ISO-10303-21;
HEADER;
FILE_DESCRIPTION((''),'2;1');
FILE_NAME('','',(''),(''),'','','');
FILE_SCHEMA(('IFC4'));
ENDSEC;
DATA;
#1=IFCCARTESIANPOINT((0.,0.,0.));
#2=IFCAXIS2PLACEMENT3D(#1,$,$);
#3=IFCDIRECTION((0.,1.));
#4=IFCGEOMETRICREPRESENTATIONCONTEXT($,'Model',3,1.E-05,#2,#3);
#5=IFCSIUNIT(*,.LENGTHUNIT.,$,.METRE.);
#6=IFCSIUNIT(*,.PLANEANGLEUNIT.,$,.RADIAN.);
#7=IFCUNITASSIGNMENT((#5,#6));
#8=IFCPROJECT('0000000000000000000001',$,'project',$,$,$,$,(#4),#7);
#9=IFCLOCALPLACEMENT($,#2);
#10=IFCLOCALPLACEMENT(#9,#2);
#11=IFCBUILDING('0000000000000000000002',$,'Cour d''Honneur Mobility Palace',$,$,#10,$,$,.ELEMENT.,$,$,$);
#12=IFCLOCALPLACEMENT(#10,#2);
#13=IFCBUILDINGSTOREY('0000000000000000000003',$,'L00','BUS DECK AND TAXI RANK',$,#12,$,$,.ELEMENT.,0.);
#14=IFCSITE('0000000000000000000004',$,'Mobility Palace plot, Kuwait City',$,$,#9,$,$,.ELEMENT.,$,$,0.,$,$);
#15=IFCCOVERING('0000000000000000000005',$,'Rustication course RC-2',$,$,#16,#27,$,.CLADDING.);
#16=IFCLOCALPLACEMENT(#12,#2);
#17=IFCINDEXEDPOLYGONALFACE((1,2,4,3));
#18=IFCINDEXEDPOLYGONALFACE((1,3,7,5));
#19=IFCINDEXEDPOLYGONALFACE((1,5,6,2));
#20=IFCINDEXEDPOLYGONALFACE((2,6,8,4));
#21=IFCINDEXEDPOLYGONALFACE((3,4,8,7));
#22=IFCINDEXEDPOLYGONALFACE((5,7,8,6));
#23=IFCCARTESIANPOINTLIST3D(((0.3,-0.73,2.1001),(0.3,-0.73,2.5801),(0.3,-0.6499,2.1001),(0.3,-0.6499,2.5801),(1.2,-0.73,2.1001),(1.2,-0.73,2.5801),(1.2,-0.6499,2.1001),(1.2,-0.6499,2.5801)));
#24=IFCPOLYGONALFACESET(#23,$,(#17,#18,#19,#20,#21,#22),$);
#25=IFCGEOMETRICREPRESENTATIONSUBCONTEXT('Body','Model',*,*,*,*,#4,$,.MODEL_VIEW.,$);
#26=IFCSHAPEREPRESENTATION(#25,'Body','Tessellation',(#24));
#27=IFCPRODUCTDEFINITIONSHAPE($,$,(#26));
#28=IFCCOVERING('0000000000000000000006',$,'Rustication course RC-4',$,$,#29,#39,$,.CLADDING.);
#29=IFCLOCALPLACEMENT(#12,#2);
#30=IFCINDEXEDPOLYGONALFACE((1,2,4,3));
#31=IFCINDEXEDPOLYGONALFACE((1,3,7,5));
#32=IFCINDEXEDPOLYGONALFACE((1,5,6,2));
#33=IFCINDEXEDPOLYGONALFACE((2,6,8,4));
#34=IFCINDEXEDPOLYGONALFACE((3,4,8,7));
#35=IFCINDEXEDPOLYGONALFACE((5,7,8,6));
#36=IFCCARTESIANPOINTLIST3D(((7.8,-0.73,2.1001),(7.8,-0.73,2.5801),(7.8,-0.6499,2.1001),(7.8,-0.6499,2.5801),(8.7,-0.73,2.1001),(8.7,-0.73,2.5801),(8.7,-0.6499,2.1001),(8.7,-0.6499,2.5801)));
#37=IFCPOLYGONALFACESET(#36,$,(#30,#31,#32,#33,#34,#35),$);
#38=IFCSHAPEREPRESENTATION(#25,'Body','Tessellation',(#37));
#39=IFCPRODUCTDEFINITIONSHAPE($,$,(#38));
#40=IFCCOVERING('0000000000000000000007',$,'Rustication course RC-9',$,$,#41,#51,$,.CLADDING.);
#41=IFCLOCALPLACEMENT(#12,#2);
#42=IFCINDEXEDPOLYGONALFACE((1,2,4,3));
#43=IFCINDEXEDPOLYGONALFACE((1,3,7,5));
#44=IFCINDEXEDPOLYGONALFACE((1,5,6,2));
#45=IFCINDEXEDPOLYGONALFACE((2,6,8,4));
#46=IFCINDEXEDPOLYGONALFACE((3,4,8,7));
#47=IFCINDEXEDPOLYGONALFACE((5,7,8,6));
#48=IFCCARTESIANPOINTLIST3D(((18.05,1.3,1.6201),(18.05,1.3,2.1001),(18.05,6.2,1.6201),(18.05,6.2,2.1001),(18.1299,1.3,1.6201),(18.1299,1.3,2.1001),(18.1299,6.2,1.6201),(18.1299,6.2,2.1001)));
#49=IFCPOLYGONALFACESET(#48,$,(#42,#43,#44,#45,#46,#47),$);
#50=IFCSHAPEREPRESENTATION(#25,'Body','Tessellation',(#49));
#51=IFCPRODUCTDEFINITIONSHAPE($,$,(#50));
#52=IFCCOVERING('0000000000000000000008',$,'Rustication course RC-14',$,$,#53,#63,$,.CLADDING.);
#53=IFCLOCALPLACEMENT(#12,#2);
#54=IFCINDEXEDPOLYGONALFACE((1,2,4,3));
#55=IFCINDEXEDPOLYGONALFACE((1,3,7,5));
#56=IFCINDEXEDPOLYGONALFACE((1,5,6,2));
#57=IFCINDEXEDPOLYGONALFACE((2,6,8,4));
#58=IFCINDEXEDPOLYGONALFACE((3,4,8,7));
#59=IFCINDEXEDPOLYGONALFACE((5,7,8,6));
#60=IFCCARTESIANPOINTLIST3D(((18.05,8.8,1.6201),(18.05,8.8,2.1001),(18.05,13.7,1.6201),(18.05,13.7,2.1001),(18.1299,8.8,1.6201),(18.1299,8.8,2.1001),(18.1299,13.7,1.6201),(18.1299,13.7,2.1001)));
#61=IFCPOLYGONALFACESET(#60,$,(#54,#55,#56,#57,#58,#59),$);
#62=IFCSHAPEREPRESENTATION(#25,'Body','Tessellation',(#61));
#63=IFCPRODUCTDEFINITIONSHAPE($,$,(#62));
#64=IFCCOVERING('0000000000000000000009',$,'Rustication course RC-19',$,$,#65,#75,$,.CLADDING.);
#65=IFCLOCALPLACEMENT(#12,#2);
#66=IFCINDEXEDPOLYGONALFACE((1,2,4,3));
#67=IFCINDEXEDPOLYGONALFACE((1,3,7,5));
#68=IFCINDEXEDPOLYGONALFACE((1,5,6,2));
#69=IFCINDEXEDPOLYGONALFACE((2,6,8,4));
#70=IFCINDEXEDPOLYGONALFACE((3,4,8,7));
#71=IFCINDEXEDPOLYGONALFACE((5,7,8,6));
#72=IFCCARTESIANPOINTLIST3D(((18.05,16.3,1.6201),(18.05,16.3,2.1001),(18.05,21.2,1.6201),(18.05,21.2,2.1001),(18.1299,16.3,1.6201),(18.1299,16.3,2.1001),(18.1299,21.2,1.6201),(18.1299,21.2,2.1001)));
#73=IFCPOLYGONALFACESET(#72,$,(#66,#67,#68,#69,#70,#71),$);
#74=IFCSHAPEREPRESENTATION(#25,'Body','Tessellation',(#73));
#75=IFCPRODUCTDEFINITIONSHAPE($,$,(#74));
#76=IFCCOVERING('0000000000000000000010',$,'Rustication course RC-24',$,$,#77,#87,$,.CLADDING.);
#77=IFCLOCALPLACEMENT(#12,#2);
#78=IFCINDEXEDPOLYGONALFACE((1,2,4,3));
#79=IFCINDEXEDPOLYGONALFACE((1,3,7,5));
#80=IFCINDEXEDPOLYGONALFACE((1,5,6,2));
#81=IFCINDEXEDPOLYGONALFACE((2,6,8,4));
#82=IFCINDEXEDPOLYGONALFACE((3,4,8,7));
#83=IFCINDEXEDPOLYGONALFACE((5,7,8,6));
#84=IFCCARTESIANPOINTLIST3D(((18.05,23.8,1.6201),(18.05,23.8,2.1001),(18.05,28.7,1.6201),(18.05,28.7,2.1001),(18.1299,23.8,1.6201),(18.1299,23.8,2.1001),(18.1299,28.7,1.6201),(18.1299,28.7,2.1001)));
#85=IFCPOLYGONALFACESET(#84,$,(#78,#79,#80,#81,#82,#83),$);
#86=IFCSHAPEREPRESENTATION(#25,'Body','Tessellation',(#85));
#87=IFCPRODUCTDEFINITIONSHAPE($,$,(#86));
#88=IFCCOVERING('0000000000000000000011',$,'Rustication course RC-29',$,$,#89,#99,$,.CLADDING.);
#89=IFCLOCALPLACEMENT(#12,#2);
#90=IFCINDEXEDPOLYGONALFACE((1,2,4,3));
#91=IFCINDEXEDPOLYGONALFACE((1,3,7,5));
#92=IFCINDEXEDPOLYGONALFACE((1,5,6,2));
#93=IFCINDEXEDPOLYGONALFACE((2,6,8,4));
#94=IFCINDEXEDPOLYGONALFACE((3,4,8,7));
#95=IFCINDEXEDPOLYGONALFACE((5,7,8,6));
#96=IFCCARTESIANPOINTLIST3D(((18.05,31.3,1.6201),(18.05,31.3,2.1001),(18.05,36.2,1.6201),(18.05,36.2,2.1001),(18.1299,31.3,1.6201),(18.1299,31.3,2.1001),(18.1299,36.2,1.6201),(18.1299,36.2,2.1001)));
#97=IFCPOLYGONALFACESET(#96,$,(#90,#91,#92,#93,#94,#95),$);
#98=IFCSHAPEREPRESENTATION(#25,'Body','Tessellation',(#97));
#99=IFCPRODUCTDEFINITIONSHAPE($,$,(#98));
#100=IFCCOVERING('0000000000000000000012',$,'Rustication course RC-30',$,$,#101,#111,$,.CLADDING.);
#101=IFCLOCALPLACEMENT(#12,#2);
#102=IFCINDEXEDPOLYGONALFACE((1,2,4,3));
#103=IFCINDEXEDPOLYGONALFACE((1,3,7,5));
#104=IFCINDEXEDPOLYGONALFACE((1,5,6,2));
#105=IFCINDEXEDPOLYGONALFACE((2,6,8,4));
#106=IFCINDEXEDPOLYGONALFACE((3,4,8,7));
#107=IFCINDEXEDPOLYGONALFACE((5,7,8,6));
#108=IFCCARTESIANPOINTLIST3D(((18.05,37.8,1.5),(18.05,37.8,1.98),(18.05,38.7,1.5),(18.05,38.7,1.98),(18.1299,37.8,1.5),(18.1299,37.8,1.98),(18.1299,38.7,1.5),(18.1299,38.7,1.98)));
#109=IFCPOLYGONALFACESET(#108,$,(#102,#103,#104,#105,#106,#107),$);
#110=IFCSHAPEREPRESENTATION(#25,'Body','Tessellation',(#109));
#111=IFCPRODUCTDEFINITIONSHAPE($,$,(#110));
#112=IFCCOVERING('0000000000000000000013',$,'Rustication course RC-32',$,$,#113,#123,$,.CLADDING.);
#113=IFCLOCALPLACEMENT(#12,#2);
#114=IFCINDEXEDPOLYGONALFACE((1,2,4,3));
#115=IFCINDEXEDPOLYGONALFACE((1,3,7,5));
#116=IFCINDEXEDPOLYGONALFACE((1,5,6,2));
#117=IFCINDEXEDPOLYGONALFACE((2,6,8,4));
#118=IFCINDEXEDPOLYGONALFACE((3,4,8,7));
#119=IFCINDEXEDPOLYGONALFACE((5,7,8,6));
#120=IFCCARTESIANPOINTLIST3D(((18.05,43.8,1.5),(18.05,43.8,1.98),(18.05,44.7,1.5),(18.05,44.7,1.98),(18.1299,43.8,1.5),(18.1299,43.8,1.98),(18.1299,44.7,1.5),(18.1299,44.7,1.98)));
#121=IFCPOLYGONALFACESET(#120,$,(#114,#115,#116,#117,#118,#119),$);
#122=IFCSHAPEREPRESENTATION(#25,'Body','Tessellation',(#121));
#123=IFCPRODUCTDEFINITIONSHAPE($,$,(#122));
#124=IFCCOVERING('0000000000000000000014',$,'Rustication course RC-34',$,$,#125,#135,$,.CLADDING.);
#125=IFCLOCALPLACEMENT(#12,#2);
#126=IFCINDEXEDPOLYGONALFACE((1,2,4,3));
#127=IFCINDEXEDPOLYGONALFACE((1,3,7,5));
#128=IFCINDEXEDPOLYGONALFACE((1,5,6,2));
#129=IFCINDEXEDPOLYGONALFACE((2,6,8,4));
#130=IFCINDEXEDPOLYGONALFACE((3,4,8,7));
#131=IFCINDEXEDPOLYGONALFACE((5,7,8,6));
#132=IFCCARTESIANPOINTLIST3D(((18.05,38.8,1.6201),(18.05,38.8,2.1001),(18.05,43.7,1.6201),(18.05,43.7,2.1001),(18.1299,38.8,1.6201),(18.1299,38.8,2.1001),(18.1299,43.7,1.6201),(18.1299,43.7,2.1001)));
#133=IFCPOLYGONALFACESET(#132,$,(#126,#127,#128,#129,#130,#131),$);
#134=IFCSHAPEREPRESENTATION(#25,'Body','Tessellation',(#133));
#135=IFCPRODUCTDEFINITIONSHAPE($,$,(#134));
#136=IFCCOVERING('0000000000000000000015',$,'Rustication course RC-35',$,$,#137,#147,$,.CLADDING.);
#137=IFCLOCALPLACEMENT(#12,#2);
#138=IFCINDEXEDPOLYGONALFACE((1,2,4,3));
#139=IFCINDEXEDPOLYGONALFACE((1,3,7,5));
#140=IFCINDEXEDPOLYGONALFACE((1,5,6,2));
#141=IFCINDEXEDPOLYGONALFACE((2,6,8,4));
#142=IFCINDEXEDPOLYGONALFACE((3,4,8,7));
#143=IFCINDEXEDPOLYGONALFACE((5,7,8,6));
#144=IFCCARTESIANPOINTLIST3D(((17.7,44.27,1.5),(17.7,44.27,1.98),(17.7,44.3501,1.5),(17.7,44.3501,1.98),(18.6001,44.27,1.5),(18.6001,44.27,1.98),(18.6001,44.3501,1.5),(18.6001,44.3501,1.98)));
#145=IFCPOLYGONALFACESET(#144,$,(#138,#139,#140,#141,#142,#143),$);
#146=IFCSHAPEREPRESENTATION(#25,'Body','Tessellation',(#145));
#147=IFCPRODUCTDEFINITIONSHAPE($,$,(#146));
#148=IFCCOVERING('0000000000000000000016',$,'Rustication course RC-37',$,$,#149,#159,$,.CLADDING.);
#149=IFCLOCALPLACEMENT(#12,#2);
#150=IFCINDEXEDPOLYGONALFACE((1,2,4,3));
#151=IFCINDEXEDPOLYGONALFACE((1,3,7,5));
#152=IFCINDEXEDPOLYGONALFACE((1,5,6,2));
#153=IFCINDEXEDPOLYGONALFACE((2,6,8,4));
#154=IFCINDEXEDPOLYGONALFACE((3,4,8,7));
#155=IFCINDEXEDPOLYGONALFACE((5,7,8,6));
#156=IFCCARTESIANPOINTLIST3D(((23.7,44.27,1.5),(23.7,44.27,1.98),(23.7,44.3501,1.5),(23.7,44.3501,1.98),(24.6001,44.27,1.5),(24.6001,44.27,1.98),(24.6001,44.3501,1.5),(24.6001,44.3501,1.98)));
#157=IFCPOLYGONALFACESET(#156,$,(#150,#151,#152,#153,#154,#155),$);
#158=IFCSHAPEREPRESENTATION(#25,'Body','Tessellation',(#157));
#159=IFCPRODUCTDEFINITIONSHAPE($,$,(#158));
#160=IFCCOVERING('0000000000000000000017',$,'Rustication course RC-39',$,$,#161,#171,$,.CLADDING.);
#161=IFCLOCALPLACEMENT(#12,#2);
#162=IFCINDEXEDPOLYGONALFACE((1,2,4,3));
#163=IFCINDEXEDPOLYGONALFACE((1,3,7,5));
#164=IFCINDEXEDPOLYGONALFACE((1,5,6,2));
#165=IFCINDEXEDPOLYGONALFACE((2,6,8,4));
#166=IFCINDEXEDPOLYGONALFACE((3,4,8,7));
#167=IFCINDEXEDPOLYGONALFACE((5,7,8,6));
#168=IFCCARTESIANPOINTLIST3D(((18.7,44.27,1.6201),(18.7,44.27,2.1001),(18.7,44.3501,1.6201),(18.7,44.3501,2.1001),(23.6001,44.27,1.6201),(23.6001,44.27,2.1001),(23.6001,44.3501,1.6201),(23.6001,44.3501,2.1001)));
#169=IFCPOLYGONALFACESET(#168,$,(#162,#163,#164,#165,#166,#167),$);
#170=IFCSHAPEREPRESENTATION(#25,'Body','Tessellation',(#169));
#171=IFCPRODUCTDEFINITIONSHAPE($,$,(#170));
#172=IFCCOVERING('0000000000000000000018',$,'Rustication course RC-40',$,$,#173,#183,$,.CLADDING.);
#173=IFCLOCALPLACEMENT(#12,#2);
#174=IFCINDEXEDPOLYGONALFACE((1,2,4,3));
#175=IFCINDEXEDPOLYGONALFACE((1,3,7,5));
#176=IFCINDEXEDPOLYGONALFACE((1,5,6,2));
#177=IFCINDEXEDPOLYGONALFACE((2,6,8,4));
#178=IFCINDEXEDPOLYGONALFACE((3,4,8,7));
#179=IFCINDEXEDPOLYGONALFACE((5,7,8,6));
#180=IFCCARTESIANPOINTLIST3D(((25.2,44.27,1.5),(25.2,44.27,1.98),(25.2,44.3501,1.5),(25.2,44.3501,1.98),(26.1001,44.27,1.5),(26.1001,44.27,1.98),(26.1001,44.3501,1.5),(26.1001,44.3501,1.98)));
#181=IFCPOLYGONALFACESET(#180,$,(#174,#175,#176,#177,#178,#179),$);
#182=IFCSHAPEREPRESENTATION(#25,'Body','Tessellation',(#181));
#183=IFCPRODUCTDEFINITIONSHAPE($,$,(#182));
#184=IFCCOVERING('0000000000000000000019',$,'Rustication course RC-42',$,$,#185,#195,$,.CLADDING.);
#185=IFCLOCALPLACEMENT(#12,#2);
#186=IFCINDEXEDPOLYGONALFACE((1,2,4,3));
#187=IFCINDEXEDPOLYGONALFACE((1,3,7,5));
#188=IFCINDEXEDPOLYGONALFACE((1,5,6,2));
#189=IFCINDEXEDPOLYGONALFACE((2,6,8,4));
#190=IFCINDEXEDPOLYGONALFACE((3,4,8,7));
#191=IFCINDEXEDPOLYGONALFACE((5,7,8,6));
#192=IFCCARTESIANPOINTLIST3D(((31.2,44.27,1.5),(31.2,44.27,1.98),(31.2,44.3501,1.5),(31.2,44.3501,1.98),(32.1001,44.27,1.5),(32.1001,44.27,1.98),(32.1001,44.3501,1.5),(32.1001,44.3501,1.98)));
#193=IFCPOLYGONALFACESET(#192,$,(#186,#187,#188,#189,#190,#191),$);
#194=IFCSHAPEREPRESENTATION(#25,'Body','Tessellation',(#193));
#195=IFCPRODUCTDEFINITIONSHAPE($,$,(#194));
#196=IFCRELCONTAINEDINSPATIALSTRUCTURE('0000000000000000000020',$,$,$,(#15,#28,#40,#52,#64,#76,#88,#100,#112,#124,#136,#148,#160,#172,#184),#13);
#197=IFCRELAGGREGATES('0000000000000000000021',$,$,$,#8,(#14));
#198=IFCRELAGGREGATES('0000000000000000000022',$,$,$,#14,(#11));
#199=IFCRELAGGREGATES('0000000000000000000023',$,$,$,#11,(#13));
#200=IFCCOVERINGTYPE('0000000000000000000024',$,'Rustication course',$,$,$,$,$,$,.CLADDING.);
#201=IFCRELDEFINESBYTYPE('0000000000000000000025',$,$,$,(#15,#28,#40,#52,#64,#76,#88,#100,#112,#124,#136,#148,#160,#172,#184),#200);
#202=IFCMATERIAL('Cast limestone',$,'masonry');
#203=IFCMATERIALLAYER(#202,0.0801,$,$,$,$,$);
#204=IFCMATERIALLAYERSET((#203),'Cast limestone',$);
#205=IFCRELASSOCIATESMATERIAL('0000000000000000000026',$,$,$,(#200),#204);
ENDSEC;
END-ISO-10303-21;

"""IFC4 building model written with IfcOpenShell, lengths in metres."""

from ifc_helpers import new_model, si_unit, direction, frame, origin, place, context, subcontext, project, spatial, polyline, outline, extrude, material, layer, layer_set, type_object, element, save


model = new_model("IFC4")

# Units and contexts
model_context = context("Model", 3, precision=1e-05, world=origin(), true_north=direction((0.0, 1.0)))
body_context = subcontext(model_context, "Body", "Model", "MODEL_VIEW")
ifc_project = project(units=[si_unit("LENGTHUNIT", "METRE"), si_unit("PLANEANGLEUNIT", "RADIAN")], contexts=[model_context])

# Site, building, storey
site_placement = place(None, origin())
site = spatial("IfcSite", under=ifc_project, at=site_placement, Name="Mobility Palace plot, Kuwait City", CompositionType="ELEMENT", RefElevation=0.0)
building_placement = place(site_placement, origin())
building = spatial("IfcBuilding", under=site, at=building_placement, Name="Cour d'Honneur Mobility Palace", CompositionType="ELEMENT")
storey_placement = place(building_placement, origin())
storey = spatial("IfcBuildingStorey", under=building, at=storey_placement, Name="L00", Description="BUS DECK AND TAXI RANK", CompositionType="ELEMENT", Elevation=0.0)

# Coverings
ifc_material = material(Name="Cast limestone", Category="masonry")
ifc_layer = layer(ifc_material, 0.0801)
ifc_layer_set = layer_set([ifc_layer], Name="Cast limestone")
covering_type = type_object("IfcCoveringType", Name="Rustication course", PredefinedType="CLADDING", material=ifc_layer_set)
covering_1_placement = place(storey_placement, frame((0.0, 0.0, 2.1001)))
element("IfcCovering", 1, at=covering_1_placement, inside=storey, type_object=covering_type, Name="Rustication course RC-2", PredefinedType="CLADDING", context=body_context, shape_type="SweptSolid", body=[
    extrude(outline(polyline([(0.3, -0.6499), (1.2, -0.6499), (1.2, -0.73), (0.3, -0.73), (0.3, -0.6499)])), origin(), (0.0, 0.0, 1.0), 0.48),
])
covering_2_placement = place(storey_placement, frame((0.0, 0.0, 2.1001)))
element("IfcCovering", 2, at=covering_2_placement, inside=storey, type_object=covering_type, Name="Rustication course RC-4", PredefinedType="CLADDING", context=body_context, shape_type="SweptSolid", body=[
    extrude(outline(polyline([(7.8, -0.6499), (8.7, -0.6499), (8.7, -0.73), (7.8, -0.73), (7.8, -0.6499)])), origin(), (0.0, 0.0, 1.0), 0.48),
])
covering_3_placement = place(storey_placement, frame((0.0, 0.0, 1.6201)))
element("IfcCovering", 3, at=covering_3_placement, inside=storey, type_object=covering_type, Name="Rustication course RC-9", PredefinedType="CLADDING", context=body_context, shape_type="SweptSolid", body=[
    extrude(outline(polyline([(18.05, 1.3), (18.05, 6.2), (18.1299, 6.2), (18.1299, 1.3), (18.05, 1.3)])), origin(), (0.0, 0.0, 1.0), 0.48),
])
covering_4_placement = place(storey_placement, frame((0.0, 0.0, 1.6201)))
element("IfcCovering", 4, at=covering_4_placement, inside=storey, type_object=covering_type, Name="Rustication course RC-14", PredefinedType="CLADDING", context=body_context, shape_type="SweptSolid", body=[
    extrude(outline(polyline([(18.05, 8.8), (18.05, 13.7), (18.1299, 13.7), (18.1299, 8.8), (18.05, 8.8)])), origin(), (0.0, 0.0, 1.0), 0.48),
])
covering_5_placement = place(storey_placement, frame((0.0, 0.0, 1.6201)))
element("IfcCovering", 5, at=covering_5_placement, inside=storey, type_object=covering_type, Name="Rustication course RC-19", PredefinedType="CLADDING", context=body_context, shape_type="SweptSolid", body=[
    extrude(outline(polyline([(18.05, 16.3), (18.05, 21.2), (18.1299, 21.2), (18.1299, 16.3), (18.05, 16.3)])), origin(), (0.0, 0.0, 1.0), 0.48),
])
covering_6_placement = place(storey_placement, frame((0.0, 0.0, 1.6201)))
element("IfcCovering", 6, at=covering_6_placement, inside=storey, type_object=covering_type, Name="Rustication course RC-24", PredefinedType="CLADDING", context=body_context, shape_type="SweptSolid", body=[
    extrude(outline(polyline([(18.05, 23.8), (18.05, 28.7), (18.1299, 28.7), (18.1299, 23.8), (18.05, 23.8)])), origin(), (0.0, 0.0, 1.0), 0.48),
])
covering_7_placement = place(storey_placement, frame((0.0, 0.0, 1.6201)))
element("IfcCovering", 7, at=covering_7_placement, inside=storey, type_object=covering_type, Name="Rustication course RC-29", PredefinedType="CLADDING", context=body_context, shape_type="SweptSolid", body=[
    extrude(outline(polyline([(18.05, 31.3), (18.05, 36.2), (18.1299, 36.2), (18.1299, 31.3), (18.05, 31.3)])), origin(), (0.0, 0.0, 1.0), 0.48),
])
covering_8_placement = place(storey_placement, frame((0.0, 0.0, 1.5)))
element("IfcCovering", 8, at=covering_8_placement, inside=storey, type_object=covering_type, Name="Rustication course RC-30", PredefinedType="CLADDING", context=body_context, shape_type="SweptSolid", body=[
    extrude(outline(polyline([(18.05, 37.8), (18.05, 38.7), (18.1299, 38.7), (18.1299, 37.8), (18.05, 37.8)])), origin(), (0.0, 0.0, 1.0), 0.48),
])
covering_9_placement = place(storey_placement, frame((0.0, 0.0, 1.5)))
element("IfcCovering", 9, at=covering_9_placement, inside=storey, type_object=covering_type, Name="Rustication course RC-32", PredefinedType="CLADDING", context=body_context, shape_type="SweptSolid", body=[
    extrude(outline(polyline([(18.05, 43.8), (18.05, 44.7), (18.1299, 44.7), (18.1299, 43.8), (18.05, 43.8)])), origin(), (0.0, 0.0, 1.0), 0.48),
])
covering_10_placement = place(storey_placement, frame((0.0, 0.0, 1.6201)))
element("IfcCovering", 10, at=covering_10_placement, inside=storey, type_object=covering_type, Name="Rustication course RC-34", PredefinedType="CLADDING", context=body_context, shape_type="SweptSolid", body=[
    extrude(outline(polyline([(18.05, 38.8), (18.05, 43.7), (18.1299, 43.7), (18.1299, 38.8), (18.05, 38.8)])), origin(), (0.0, 0.0, 1.0), 0.48),
])
covering_11_placement = place(storey_placement, frame((0.0, 0.0, 1.5)))
element("IfcCovering", 11, at=covering_11_placement, inside=storey, type_object=covering_type, Name="Rustication course RC-35", PredefinedType="CLADDING", context=body_context, shape_type="SweptSolid", body=[
    extrude(outline(polyline([(17.7, 44.3501), (18.6001, 44.3501), (18.6001, 44.27), (17.7, 44.27), (17.7, 44.3501)])), origin(), (0.0, 0.0, 1.0), 0.48),
])
covering_12_placement = place(storey_placement, frame((0.0, 0.0, 1.5)))
element("IfcCovering", 12, at=covering_12_placement, inside=storey, type_object=covering_type, Name="Rustication course RC-37", PredefinedType="CLADDING", context=body_context, shape_type="SweptSolid", body=[
    extrude(outline(polyline([(23.7, 44.3501), (24.6001, 44.3501), (24.6001, 44.27), (23.7, 44.27), (23.7, 44.3501)])), origin(), (0.0, 0.0, 1.0), 0.48),
])
covering_13_placement = place(storey_placement, frame((0.0, 0.0, 1.6201)))
element("IfcCovering", 13, at=covering_13_placement, inside=storey, type_object=covering_type, Name="Rustication course RC-39", PredefinedType="CLADDING", context=body_context, shape_type="SweptSolid", body=[
    extrude(outline(polyline([(18.7, 44.3501), (23.6001, 44.3501), (23.6001, 44.27), (18.7, 44.27), (18.7, 44.3501)])), origin(), (0.0, 0.0, 1.0), 0.48),
])
covering_14_placement = place(storey_placement, frame((0.0, 0.0, 1.5)))
element("IfcCovering", 14, at=covering_14_placement, inside=storey, type_object=covering_type, Name="Rustication course RC-40", PredefinedType="CLADDING", context=body_context, shape_type="SweptSolid", body=[
    extrude(outline(polyline([(25.2, 44.3501), (26.1001, 44.3501), (26.1001, 44.27), (25.2, 44.27), (25.2, 44.3501)])), origin(), (0.0, 0.0, 1.0), 0.48),
])
covering_15_placement = place(storey_placement, frame((0.0, 0.0, 1.5)))
element("IfcCovering", 15, at=covering_15_placement, inside=storey, type_object=covering_type, Name="Rustication course RC-42", PredefinedType="CLADDING", context=body_context, shape_type="SweptSolid", body=[
    extrude(outline(polyline([(31.2, 44.3501), (32.1001, 44.3501), (32.1001, 44.27), (31.2, 44.27), (31.2, 44.3501)])), origin(), (0.0, 0.0, 1.0), 0.48),
])

save(model, "model.ifc")
